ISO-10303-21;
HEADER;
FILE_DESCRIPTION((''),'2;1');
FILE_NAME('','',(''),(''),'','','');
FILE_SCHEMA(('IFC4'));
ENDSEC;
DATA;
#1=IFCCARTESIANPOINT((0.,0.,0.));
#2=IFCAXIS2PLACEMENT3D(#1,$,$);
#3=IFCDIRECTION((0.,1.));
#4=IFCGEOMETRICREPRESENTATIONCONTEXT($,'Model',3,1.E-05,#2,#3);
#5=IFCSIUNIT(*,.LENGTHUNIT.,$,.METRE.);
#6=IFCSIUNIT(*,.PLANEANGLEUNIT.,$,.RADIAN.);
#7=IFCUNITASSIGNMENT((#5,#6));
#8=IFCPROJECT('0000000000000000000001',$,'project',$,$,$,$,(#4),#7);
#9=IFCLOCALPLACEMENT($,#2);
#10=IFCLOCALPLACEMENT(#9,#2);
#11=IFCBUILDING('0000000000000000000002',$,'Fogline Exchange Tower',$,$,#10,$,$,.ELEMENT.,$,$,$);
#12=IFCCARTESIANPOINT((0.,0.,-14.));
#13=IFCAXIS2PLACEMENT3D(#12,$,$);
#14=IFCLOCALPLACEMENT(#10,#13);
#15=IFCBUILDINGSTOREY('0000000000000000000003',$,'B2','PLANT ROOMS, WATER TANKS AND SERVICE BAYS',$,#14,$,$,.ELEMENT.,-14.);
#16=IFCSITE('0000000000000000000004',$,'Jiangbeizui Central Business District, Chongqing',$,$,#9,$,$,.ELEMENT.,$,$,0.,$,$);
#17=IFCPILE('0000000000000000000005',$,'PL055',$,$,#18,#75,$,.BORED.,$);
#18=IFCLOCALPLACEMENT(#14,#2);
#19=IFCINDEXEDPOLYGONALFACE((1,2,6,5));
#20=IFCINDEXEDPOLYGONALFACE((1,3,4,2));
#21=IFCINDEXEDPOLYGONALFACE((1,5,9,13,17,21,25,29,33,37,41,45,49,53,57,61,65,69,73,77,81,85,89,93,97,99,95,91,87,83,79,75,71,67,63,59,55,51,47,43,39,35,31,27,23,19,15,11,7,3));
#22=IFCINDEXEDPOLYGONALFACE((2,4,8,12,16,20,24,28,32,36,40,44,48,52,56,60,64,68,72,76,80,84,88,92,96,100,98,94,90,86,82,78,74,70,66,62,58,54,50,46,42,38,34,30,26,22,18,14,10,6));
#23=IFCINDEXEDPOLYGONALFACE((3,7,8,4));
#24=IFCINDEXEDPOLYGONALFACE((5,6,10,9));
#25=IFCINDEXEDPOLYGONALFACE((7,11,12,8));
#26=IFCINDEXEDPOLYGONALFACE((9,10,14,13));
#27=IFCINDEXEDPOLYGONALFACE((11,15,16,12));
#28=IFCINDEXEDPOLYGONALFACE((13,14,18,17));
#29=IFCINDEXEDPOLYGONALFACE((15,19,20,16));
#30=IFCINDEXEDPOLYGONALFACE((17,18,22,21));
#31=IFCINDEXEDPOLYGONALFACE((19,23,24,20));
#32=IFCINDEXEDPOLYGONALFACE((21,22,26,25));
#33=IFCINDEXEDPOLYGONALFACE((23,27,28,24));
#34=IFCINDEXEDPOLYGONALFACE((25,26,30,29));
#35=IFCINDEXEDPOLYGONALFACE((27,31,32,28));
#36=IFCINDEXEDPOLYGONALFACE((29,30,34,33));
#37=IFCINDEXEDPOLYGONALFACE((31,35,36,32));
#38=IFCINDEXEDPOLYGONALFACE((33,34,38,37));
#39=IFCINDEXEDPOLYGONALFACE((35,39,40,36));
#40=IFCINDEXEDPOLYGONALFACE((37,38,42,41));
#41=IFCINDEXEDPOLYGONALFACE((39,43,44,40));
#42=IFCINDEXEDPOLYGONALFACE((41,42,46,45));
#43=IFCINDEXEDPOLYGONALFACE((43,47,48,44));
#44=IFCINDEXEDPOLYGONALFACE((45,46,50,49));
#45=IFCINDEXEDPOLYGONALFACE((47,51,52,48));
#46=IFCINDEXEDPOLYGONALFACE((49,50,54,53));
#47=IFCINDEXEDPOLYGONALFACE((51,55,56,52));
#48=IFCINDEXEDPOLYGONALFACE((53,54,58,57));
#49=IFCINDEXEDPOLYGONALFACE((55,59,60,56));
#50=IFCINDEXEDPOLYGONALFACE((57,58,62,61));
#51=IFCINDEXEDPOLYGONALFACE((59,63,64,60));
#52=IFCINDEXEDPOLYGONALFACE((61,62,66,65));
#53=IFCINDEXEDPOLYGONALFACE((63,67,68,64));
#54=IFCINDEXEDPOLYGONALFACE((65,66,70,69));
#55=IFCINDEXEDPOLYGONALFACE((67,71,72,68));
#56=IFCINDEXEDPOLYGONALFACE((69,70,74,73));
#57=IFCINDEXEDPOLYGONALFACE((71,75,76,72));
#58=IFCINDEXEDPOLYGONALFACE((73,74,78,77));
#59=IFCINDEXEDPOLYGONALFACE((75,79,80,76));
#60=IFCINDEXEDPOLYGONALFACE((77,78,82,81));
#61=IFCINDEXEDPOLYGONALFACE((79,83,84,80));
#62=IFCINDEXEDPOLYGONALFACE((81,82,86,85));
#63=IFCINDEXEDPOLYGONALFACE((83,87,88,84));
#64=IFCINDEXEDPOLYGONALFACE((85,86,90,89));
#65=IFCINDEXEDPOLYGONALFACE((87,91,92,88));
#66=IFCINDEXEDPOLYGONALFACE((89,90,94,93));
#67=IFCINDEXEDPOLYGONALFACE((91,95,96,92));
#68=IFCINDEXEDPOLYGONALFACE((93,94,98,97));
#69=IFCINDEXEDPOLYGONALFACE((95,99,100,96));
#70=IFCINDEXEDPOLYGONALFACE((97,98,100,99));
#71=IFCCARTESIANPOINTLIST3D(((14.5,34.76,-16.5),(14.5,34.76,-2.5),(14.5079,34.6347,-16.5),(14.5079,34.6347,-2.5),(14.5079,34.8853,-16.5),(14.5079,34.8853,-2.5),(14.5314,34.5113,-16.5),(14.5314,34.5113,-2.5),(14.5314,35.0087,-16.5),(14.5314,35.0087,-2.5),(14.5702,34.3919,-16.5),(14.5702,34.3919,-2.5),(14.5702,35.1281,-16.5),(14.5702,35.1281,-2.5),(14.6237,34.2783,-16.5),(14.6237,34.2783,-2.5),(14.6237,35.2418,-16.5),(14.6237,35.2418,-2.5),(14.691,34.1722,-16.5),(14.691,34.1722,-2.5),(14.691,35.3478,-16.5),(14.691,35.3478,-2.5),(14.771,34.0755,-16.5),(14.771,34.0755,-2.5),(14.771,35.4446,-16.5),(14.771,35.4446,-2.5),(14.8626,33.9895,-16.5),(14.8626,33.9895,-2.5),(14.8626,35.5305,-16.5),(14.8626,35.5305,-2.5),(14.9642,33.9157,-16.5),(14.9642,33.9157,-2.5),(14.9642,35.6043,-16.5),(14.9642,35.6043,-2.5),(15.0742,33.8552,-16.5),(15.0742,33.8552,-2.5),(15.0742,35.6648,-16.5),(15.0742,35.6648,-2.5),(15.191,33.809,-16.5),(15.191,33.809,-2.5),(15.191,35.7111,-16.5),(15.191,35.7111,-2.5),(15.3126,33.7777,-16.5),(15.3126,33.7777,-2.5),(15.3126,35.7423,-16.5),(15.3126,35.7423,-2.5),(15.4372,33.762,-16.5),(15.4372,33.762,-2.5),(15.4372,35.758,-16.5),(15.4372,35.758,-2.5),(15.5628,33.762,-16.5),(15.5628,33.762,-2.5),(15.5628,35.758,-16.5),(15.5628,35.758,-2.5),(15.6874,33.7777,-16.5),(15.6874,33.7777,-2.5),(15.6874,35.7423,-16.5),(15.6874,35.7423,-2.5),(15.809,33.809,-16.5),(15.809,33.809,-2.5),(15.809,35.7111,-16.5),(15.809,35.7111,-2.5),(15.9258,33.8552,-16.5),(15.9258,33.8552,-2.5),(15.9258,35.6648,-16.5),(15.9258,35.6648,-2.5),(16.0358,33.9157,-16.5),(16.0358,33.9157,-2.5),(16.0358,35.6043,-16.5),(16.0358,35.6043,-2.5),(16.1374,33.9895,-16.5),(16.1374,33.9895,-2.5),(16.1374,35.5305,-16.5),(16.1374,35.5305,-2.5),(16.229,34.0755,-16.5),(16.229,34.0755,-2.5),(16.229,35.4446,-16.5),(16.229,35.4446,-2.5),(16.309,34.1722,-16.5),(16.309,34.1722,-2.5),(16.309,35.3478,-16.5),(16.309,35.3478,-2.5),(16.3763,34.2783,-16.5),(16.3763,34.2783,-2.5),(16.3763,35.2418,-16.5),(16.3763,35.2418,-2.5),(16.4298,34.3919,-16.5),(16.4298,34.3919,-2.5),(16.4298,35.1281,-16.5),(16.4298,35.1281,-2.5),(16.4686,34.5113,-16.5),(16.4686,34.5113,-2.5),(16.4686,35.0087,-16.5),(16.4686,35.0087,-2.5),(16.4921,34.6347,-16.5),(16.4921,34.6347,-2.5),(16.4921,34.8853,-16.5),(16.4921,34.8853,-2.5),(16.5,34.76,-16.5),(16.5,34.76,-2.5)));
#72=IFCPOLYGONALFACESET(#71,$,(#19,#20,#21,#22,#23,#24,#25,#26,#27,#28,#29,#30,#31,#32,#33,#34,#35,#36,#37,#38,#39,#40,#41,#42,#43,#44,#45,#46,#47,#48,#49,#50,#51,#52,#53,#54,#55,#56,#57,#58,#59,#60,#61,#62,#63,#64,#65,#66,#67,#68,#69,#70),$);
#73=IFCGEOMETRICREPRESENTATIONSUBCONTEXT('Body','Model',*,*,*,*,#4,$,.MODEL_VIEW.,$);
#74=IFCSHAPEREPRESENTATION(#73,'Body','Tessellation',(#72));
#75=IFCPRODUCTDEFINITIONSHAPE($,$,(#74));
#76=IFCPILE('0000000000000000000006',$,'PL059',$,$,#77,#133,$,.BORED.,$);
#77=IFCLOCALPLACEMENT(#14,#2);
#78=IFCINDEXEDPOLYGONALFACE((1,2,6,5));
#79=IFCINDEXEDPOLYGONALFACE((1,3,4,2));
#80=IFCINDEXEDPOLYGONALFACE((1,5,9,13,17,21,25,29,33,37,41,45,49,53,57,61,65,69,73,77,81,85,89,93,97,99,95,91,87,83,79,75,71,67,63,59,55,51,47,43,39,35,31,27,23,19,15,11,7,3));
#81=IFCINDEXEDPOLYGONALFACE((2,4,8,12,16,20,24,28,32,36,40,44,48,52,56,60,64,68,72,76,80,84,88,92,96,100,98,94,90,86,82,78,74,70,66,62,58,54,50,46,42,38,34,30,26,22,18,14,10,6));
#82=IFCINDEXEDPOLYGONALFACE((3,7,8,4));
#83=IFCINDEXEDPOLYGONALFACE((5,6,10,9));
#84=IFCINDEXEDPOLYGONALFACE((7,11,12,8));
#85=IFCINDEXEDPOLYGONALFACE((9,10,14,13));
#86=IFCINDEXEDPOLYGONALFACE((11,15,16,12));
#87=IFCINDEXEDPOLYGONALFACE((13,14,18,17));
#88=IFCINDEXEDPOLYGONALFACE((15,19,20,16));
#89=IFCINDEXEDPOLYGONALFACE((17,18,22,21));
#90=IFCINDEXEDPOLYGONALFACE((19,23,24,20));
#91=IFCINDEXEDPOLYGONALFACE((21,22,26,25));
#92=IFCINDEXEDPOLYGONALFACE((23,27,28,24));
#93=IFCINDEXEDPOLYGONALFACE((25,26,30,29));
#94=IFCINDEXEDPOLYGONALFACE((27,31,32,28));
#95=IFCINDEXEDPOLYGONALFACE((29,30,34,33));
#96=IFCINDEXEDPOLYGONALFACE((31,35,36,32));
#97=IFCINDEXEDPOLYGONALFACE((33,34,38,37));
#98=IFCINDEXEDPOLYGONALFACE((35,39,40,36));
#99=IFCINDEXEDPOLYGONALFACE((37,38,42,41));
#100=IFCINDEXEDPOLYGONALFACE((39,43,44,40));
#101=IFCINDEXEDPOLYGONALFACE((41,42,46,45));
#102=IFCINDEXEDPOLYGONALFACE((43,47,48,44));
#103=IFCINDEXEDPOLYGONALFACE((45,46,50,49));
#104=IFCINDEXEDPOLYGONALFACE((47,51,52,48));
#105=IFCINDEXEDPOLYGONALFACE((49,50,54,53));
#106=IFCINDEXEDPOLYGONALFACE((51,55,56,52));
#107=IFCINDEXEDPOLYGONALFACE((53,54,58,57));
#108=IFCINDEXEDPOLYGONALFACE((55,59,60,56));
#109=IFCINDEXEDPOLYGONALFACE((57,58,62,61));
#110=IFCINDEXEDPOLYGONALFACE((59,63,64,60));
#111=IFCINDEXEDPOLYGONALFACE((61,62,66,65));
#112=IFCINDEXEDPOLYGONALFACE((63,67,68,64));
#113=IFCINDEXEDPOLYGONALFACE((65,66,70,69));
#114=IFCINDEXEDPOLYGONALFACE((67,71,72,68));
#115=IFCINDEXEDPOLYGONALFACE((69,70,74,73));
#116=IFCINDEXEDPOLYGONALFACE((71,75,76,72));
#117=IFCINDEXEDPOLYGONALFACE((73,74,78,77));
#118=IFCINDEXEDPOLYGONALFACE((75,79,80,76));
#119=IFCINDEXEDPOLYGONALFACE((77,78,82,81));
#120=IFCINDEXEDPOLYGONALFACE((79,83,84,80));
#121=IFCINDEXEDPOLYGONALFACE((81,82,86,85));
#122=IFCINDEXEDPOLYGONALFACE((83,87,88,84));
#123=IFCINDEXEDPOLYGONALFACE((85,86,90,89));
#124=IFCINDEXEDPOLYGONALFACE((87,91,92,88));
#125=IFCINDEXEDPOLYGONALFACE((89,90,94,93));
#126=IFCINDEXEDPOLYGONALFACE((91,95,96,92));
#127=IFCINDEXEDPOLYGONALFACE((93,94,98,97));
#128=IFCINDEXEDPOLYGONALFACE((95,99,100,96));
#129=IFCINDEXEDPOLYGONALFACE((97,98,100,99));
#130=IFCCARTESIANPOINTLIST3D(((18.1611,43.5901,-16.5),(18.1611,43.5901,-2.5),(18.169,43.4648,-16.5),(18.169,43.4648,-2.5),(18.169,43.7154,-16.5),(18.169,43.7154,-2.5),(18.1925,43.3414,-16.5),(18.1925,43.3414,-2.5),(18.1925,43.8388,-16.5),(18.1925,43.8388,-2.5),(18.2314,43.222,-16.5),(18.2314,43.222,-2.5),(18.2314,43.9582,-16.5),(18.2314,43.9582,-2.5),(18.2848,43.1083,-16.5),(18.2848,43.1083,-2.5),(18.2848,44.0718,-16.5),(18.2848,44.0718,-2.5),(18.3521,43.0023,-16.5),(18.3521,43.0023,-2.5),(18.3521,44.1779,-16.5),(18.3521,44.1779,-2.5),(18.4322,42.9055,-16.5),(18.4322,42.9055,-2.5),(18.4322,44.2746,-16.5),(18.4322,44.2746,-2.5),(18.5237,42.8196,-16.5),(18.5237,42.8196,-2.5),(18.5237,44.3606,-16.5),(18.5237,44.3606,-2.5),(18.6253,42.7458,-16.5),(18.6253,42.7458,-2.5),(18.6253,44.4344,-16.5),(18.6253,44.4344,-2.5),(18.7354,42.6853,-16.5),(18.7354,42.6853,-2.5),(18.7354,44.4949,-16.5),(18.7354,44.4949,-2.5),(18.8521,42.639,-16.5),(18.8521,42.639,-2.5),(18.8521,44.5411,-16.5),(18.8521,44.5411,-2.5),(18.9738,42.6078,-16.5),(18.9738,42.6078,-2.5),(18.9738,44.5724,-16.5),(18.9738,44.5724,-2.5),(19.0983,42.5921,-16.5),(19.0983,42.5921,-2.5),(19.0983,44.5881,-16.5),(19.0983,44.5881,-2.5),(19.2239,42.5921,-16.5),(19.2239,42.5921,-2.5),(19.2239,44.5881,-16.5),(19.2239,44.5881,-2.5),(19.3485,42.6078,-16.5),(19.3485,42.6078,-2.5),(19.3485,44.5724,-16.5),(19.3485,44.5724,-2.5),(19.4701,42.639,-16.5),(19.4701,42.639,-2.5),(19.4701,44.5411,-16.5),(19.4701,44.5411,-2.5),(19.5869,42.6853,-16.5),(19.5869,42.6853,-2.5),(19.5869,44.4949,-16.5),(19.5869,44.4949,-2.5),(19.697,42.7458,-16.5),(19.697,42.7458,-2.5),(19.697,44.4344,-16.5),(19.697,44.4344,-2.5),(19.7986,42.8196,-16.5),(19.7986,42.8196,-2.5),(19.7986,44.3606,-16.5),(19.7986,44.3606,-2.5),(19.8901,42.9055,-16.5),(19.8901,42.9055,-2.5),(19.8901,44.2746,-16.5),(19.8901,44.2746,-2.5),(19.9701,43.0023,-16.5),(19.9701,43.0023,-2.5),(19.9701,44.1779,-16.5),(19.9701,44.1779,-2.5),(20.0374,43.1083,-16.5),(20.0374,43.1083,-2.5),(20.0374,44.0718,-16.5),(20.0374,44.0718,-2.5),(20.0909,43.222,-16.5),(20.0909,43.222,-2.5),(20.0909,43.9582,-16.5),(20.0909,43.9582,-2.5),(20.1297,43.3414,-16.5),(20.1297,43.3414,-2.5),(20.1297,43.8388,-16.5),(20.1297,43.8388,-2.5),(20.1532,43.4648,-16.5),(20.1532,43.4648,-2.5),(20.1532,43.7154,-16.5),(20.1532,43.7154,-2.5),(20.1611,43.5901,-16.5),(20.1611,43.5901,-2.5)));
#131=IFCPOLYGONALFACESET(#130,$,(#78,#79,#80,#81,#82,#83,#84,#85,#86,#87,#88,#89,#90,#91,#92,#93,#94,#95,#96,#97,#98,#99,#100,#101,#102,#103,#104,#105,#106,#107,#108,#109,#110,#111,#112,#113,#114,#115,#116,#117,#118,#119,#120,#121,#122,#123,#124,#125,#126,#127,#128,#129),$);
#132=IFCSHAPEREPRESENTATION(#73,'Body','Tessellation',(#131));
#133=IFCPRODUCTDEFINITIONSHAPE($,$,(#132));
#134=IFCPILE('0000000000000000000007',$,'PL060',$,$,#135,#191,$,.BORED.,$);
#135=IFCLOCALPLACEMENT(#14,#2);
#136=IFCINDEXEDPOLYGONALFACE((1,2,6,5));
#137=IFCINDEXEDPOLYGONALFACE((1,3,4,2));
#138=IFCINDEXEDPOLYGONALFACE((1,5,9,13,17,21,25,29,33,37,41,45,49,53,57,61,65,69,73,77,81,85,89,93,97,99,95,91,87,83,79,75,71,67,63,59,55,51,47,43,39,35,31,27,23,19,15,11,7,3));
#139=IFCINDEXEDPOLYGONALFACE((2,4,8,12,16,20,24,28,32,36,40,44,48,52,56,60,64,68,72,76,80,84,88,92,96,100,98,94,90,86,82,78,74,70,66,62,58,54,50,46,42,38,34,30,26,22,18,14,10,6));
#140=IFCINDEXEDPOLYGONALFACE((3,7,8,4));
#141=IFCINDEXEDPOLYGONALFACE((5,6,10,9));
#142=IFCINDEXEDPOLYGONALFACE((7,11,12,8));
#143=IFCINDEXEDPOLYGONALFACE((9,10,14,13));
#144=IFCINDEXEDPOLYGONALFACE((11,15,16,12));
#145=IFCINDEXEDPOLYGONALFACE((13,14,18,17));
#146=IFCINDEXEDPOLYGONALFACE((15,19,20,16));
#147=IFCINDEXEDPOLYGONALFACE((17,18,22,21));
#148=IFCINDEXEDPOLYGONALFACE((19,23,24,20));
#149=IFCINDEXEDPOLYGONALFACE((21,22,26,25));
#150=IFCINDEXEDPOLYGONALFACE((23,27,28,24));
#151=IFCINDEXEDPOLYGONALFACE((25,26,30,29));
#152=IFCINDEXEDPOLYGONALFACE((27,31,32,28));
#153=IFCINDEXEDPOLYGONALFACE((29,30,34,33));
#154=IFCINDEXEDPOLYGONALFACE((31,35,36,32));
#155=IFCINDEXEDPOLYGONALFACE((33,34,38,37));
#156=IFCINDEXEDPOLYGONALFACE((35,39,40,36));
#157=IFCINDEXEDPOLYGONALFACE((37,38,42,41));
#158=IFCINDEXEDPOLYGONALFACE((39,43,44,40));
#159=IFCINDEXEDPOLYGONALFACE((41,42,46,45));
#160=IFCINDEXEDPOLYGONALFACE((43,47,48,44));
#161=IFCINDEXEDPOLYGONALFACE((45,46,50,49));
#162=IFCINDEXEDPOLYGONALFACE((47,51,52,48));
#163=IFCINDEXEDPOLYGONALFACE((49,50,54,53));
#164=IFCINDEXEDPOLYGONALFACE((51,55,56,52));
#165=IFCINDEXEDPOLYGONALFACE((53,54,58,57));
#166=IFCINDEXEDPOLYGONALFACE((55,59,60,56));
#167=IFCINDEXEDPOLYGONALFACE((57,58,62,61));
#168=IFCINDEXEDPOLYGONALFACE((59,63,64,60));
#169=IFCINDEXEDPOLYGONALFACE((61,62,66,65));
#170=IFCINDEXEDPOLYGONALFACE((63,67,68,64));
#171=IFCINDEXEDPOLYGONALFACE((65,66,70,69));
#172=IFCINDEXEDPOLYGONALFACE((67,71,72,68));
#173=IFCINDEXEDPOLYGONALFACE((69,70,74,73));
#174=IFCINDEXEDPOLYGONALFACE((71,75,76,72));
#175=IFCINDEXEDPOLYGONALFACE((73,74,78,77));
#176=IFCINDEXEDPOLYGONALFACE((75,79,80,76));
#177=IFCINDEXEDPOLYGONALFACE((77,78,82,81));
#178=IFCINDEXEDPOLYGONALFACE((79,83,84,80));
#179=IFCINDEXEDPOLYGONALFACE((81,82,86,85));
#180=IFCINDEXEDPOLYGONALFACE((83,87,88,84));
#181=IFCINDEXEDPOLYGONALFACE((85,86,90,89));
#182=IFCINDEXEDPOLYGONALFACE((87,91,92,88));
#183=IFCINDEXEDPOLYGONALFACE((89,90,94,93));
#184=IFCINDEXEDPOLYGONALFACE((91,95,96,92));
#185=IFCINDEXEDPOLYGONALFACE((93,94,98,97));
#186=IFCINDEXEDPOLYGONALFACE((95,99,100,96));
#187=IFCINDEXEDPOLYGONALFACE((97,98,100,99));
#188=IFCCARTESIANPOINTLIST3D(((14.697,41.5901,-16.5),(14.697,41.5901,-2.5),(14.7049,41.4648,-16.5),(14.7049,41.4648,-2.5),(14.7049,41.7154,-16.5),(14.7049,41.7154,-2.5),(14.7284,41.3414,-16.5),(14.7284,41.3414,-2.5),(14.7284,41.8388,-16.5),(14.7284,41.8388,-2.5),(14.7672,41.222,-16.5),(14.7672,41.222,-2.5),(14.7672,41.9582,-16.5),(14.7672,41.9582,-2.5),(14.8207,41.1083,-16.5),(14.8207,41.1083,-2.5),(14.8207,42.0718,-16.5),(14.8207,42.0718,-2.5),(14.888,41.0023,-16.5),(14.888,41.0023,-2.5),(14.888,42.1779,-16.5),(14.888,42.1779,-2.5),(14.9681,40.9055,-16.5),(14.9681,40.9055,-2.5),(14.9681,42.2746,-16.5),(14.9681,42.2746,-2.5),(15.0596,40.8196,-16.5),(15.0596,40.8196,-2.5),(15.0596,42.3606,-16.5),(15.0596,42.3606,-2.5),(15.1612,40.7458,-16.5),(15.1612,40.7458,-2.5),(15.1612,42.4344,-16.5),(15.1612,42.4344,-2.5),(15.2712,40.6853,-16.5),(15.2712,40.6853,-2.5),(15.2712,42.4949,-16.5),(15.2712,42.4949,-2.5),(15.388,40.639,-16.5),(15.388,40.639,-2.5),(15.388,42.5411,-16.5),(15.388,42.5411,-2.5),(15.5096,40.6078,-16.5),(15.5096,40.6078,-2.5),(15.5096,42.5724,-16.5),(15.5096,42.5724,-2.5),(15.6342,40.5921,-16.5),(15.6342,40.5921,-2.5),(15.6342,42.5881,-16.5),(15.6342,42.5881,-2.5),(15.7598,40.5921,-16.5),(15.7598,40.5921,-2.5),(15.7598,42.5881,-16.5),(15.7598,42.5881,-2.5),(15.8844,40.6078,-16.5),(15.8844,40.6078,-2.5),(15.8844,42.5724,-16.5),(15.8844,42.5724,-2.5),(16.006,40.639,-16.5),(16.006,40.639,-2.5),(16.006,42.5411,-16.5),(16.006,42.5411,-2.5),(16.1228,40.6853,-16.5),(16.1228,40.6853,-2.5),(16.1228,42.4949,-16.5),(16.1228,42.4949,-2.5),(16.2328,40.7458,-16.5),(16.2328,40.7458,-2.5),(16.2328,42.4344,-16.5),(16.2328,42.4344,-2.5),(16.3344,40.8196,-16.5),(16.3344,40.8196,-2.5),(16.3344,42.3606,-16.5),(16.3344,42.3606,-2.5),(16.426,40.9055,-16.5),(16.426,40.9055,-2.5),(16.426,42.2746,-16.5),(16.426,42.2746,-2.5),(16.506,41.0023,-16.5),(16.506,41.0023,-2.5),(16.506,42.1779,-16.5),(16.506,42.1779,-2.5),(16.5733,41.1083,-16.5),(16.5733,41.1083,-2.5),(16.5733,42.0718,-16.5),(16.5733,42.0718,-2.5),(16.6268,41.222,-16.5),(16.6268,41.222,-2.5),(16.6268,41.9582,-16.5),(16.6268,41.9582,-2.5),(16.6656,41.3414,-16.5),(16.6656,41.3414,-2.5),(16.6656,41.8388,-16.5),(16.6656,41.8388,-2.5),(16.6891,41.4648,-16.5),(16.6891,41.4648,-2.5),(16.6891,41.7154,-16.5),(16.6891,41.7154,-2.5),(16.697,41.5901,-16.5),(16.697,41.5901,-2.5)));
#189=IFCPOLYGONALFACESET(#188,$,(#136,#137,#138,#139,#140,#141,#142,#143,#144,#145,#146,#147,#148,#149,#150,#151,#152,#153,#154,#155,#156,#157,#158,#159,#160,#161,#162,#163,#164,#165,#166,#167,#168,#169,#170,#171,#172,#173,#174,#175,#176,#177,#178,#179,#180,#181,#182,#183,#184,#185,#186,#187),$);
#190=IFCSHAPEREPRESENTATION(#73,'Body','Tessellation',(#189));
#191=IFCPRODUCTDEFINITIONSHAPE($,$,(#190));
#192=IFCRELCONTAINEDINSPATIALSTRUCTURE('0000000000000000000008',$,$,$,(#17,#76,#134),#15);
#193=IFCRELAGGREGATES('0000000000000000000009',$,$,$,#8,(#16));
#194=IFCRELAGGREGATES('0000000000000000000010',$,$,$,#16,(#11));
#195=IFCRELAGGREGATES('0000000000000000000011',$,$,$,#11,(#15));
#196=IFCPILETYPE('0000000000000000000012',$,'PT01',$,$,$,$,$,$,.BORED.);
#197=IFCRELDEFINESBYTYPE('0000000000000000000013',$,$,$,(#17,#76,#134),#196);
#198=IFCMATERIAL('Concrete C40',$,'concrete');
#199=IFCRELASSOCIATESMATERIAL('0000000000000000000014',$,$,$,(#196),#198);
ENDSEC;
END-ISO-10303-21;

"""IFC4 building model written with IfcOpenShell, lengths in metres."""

from ifc_helpers import new_model, si_unit, direction, frame, origin, origin_2d, place, context, subcontext, project, spatial, circle, extrude, material, material_profile, profile_set, type_object, element, save


model = new_model("IFC4")

# Units and contexts
model_context = context("Model", 3, precision=1e-05, world=origin(), true_north=direction((0.0, 1.0)))
body_context = subcontext(model_context, "Body", "Model", "MODEL_VIEW")
ifc_project = project(units=[si_unit("LENGTHUNIT", "METRE"), si_unit("PLANEANGLEUNIT", "RADIAN")], contexts=[model_context])

# Site, building, storey
site_placement = place(None, origin())
site = spatial("IfcSite", under=ifc_project, at=site_placement, Name="Jiangbeizui Central Business District, Chongqing", CompositionType="ELEMENT", RefElevation=0.0)
building_placement = place(site_placement, origin())
building = spatial("IfcBuilding", under=site, at=building_placement, Name="Fogline Exchange Tower", CompositionType="ELEMENT")
storey_placement = place(building_placement, frame((0.0, 0.0, -14.0)))
storey = spatial("IfcBuildingStorey", under=building, at=storey_placement, Name="B2", Description="PLANT ROOMS, WATER TANKS AND SERVICE BAYS", CompositionType="ELEMENT", Elevation=-14.0)

# Piles
ifc_material_1 = material(Name="Concrete C40", Category="concrete")
ifc_material_profile_1 = material_profile(ifc_material_1, circle(Radius=1.0, at=origin_2d()), Name="RC D2000")
ifc_profile_set_1 = profile_set([ifc_material_profile_1], Name="Concrete C40")
pile_type = type_object("IfcPileType", Name="PT01", PredefinedType="BORED", material=ifc_profile_set_1)
for number, where, z_axis, x_axis, name in (
    (1, (15.5, 34.76, -2.5), (0.0, 0.0, -1.0), (1.0, 0.0, 0.0), "PL055"),
    (2, (19.1611, 43.5901, -2.5), (0.0, 0.0, -1.0), (1.0, 0.0, 0.0), "PL059"),
    (3, (15.697, 41.5901, -2.5), (0.0, 0.0, -1.0), (1.0, 0.0, 0.0), "PL060"),
):
    element("IfcPile", number, at=place(storey_placement, frame(where, z_axis=z_axis, x_axis=x_axis)), inside=storey, type_object=pile_type, Name=name, PredefinedType="BORED", context=body_context, shape_type="SweptSolid", body=[
        extrude(circle(Radius=1.0, at=origin_2d()), origin(), (0.0, 0.0, 1.0), 14.0),
    ])

save(model, "model.ifc")
